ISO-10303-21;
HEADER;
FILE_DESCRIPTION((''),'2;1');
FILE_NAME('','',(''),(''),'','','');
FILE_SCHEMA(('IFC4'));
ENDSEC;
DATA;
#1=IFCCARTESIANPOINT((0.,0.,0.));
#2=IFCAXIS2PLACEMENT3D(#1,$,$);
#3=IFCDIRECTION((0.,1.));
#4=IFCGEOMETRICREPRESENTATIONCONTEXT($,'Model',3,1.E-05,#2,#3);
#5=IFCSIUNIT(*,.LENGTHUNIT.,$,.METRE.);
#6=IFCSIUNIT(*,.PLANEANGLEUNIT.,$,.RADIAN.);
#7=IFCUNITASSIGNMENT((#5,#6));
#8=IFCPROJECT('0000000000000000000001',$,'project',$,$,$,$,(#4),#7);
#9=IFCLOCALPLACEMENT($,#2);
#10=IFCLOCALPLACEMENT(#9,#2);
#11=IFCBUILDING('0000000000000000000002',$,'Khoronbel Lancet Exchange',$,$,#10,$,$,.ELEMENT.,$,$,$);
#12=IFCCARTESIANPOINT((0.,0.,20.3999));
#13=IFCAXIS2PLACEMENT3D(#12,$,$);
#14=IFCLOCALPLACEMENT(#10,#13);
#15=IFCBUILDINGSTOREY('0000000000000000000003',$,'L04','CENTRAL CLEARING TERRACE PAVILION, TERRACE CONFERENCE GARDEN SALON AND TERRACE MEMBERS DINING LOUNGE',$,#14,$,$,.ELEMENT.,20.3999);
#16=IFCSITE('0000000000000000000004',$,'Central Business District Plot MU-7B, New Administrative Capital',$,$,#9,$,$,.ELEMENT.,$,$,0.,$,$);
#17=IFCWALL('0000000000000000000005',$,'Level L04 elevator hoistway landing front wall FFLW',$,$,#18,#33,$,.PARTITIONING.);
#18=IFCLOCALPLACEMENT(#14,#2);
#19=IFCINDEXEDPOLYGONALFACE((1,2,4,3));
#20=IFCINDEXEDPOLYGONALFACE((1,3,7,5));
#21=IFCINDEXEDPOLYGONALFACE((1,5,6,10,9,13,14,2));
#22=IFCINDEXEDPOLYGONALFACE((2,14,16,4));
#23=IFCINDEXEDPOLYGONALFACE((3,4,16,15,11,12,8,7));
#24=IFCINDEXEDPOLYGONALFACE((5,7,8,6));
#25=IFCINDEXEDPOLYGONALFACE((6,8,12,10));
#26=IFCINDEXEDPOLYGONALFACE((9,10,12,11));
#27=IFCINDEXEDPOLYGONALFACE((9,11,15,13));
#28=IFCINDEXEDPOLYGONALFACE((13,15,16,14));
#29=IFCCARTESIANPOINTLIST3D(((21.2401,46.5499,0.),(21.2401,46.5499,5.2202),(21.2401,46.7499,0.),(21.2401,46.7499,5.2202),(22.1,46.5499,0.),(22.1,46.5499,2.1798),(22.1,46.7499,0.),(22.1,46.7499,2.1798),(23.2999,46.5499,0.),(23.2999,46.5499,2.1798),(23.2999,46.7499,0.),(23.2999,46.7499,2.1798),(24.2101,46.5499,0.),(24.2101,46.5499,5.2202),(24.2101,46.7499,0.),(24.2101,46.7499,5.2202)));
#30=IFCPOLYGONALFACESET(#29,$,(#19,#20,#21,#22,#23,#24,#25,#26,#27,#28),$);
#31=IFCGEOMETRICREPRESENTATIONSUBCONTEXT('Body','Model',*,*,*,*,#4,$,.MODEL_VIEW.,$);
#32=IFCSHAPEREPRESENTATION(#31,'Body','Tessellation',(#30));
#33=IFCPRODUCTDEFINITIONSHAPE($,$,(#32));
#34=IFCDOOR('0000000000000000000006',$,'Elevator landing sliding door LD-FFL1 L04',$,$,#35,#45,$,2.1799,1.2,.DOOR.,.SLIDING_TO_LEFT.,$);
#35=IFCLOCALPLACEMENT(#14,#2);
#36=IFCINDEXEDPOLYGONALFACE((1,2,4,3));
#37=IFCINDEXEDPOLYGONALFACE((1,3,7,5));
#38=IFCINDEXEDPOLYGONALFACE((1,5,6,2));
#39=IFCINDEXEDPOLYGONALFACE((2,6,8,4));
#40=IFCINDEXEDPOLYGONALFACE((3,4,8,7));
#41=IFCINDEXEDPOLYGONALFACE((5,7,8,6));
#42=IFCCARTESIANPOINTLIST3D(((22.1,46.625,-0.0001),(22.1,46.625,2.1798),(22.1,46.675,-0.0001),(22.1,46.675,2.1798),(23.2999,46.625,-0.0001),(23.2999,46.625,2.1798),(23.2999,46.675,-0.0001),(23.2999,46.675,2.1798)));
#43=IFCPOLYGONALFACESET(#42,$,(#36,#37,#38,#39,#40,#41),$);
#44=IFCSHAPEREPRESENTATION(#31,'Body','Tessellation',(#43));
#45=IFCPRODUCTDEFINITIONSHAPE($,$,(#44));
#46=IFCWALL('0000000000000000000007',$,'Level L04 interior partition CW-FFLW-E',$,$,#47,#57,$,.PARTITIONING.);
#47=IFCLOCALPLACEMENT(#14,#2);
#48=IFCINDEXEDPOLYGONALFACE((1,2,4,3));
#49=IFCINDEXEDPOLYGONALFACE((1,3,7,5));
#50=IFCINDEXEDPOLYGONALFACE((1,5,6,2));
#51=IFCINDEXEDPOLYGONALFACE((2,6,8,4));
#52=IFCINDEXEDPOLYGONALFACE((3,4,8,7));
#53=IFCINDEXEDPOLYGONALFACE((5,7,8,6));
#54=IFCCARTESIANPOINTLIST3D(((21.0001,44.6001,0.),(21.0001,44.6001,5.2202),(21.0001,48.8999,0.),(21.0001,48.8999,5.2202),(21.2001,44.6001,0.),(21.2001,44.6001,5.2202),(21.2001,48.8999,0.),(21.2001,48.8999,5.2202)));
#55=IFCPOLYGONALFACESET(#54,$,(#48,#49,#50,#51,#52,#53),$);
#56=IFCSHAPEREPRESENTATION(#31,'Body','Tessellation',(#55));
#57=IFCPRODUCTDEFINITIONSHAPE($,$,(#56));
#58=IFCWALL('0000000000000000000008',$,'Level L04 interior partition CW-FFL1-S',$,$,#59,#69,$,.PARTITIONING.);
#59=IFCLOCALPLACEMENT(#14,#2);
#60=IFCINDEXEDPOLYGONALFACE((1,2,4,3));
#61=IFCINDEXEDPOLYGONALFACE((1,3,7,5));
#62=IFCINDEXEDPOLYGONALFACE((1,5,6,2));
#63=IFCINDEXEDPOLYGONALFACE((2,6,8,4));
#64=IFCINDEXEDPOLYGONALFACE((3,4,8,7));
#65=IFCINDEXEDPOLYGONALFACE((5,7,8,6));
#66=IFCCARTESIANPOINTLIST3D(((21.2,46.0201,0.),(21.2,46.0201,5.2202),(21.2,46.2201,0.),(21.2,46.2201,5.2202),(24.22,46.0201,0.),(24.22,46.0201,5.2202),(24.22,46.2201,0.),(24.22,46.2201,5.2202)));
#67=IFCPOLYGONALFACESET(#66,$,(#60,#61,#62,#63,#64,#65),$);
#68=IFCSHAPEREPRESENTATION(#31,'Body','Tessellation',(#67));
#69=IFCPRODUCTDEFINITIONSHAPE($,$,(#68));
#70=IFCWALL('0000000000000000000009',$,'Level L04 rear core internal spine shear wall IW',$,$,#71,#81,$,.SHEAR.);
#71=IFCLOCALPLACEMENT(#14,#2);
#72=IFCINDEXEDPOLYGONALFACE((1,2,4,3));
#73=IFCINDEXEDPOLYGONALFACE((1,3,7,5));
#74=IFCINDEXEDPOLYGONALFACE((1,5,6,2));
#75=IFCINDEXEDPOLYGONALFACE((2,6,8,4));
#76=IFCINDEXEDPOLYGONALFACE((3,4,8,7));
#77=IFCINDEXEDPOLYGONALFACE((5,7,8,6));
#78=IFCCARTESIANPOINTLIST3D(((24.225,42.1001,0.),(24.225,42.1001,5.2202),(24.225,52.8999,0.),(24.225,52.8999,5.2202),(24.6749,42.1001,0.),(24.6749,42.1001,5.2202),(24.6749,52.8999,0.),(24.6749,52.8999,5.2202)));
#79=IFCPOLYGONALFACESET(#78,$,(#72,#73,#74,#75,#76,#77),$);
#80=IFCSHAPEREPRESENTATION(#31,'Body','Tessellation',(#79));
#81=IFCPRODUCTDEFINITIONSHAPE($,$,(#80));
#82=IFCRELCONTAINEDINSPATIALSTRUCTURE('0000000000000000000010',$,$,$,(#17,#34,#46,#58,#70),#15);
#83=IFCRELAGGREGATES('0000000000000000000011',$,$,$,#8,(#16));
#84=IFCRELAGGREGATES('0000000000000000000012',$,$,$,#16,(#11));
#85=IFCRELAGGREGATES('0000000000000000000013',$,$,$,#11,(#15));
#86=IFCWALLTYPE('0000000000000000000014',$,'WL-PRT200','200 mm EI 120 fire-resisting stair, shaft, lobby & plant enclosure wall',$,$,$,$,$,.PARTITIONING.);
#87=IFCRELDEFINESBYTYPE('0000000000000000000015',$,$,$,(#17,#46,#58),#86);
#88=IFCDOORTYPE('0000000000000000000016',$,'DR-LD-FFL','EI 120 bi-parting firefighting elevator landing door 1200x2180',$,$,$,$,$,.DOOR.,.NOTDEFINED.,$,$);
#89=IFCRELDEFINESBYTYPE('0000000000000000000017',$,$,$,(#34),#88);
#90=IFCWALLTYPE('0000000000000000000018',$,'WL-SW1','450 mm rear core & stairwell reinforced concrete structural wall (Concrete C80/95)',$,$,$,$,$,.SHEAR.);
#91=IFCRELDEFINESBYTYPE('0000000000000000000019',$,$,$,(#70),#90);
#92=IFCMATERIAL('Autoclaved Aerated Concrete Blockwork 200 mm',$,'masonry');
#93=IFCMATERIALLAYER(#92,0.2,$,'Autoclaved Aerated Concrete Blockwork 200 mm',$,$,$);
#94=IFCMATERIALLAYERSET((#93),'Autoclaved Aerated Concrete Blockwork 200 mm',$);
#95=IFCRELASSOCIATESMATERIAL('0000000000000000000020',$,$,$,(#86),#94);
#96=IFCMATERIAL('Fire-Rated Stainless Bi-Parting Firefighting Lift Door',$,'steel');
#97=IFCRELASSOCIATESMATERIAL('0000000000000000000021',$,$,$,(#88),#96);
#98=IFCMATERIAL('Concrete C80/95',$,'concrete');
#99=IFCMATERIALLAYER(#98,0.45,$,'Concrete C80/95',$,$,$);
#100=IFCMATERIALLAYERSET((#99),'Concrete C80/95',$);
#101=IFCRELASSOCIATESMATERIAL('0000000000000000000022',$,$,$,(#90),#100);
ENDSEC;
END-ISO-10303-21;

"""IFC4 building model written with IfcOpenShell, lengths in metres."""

from ifc_helpers import new_model, si_unit, direction, frame, frame_2d, origin, place, context, subcontext, project, spatial, rectangle, extrude, material, layer, layer_set, type_object, element, fill, save


model = new_model("IFC4")

# Units and contexts
model_context = context("Model", 3, precision=1e-05, world=origin(), true_north=direction((0.0, 1.0)))
body_context = subcontext(model_context, "Body", "Model", "MODEL_VIEW")
ifc_project = project(units=[si_unit("LENGTHUNIT", "METRE"), si_unit("PLANEANGLEUNIT", "RADIAN")], contexts=[model_context])

# Site, building, storey
site_placement = place(None, origin())
site = spatial("IfcSite", under=ifc_project, at=site_placement, Name="Central Business District Plot MU-7B, New Administrative Capital", CompositionType="ELEMENT", RefElevation=0.0)
building_placement = place(site_placement, origin())
building = spatial("IfcBuilding", under=site, at=building_placement, Name="Khoronbel Lancet Exchange", CompositionType="ELEMENT")
storey_placement = place(building_placement, frame((0.0, 0.0, 20.3999)))
storey = spatial("IfcBuildingStorey", under=building, at=storey_placement, Name="L04", Description="CENTRAL CLEARING TERRACE PAVILION, TERRACE CONFERENCE GARDEN SALON AND TERRACE MEMBERS DINING LOUNGE", CompositionType="ELEMENT", Elevation=20.3999)

# Shared definitions
ifc_material_1 = material(Name="Concrete C80/95", Category="concrete")

# Wall, opening, door
ifc_material_2 = material(Name="Autoclaved Aerated Concrete Blockwork 200 mm", Category="masonry")
ifc_layer_1 = layer(ifc_material_2, 0.2, Name="Autoclaved Aerated Concrete Blockwork 200 mm")
ifc_layer_set_1 = layer_set([ifc_layer_1], Name="Autoclaved Aerated Concrete Blockwork 200 mm")
wall_type_1 = type_object("IfcWallType", Name="WL-PRT200", Description="200 mm EI 120 fire-resisting stair, shaft, lobby & plant enclosure wall", PredefinedType="PARTITIONING", material=ifc_layer_set_1)
wall_1_placement = place(storey_placement, frame((24.21, 46.6499, 0.0), z_axis=(0.0, 0.0, 1.0), x_axis=(-1.0, 0.0, 0.0)))
wall_1 = element("IfcWall", 1, at=wall_1_placement, inside=storey, type_object=wall_type_1, Name="Level L04 elevator hoistway landing front wall FFLW", PredefinedType="PARTITIONING", context=body_context, shape_type="SweptSolid", body=[
    extrude(rectangle(XDim=2.97, YDim=0.2, at=frame_2d((1.4849, 0.0))), origin(), (0.0, 0.0, 1.0), 5.2202),
])
opening_1_placement = place(wall_1_placement, frame((0.9099, 0.0, 0.0)))
opening_1 = element("IfcOpeningElement", 2, at=opening_1_placement, cuts=wall_1, PredefinedType="OPENING", context=body_context, shape_type="SweptSolid", body=[
    extrude(rectangle(XDim=1.2, YDim=2.1799, at=frame_2d((0.6001, 1.0898))), frame((0.0, 0.1099, 0.0), z_axis=(0.0, -1.0, 0.0), x_axis=(1.0, 0.0, 0.0)), (0.0, 0.0, 1.0), 0.22),
])
ifc_material_3 = material(Name="Fire-Rated Stainless Bi-Parting Firefighting Lift Door", Category="steel")
door_type_1 = type_object("IfcDoorType", Name="DR-LD-FFL", Description="EI 120 bi-parting firefighting elevator landing door 1200x2180", OperationType="NOTDEFINED", PredefinedType="DOOR", material=ifc_material_3)
door_1_placement = place(opening_1_placement, origin())
door_1 = element("IfcDoor", 3, at=door_1_placement, inside=storey, type_object=door_type_1, Name="Elevator landing sliding door LD-FFL1 L04", OperationType="SLIDING_TO_LEFT", OverallHeight=2.1799, OverallWidth=1.2, PredefinedType="DOOR", context=body_context, shape_type="SweptSolid", body=[
    extrude(rectangle(XDim=1.2, YDim=2.1799, at=frame_2d((0.6001, 1.0898))), frame((0.0, 0.0249, 0.0), z_axis=(0.0, -1.0, 0.0), x_axis=(1.0, 0.0, 0.0)), (0.0, 0.0, 1.0), 0.05),
])
fill(opening_1, door_1)

# Wall
wall_2_placement = place(storey_placement, frame((21.1001, 44.6001, 0.0), z_axis=(0.0, 0.0, 1.0), x_axis=(0.0, 1.0, 0.0)))
element("IfcWall", 4, at=wall_2_placement, inside=storey, type_object=wall_type_1, Name="Level L04 interior partition CW-FFLW-E", PredefinedType="PARTITIONING", context=body_context, shape_type="SweptSolid", body=[
    extrude(rectangle(XDim=4.2998, YDim=0.2, at=frame_2d((2.1499, 0.0))), origin(), (0.0, 0.0, 1.0), 5.2202),
])

# Wall
wall_3_placement = place(storey_placement, frame((21.2, 46.1201, 0.0), z_axis=(0.0, 0.0, 1.0), x_axis=(1.0, 0.0, 0.0)))
element("IfcWall", 5, at=wall_3_placement, inside=storey, type_object=wall_type_1, Name="Level L04 interior partition CW-FFL1-S", PredefinedType="PARTITIONING", context=body_context, shape_type="SweptSolid", body=[
    extrude(rectangle(XDim=3.02, YDim=0.2, at=frame_2d((1.51, 0.0))), origin(), (0.0, 0.0, 1.0), 5.2202),
])

# Wall
ifc_layer_2 = layer(ifc_material_1, 0.45, Name="Concrete C80/95")
ifc_layer_set_2 = layer_set([ifc_layer_2], Name="Concrete C80/95")
wall_type_2 = type_object("IfcWallType", Name="WL-SW1", Description="450 mm rear core & stairwell reinforced concrete structural wall (Concrete C80/95)", PredefinedType="SHEAR", material=ifc_layer_set_2)
wall_4_placement = place(storey_placement, frame((24.45, 42.1001, 0.0), z_axis=(0.0, 0.0, 1.0), x_axis=(0.0, 1.0, 0.0)))
element("IfcWall", 6, at=wall_4_placement, inside=storey, type_object=wall_type_2, Name="Level L04 rear core internal spine shear wall IW", PredefinedType="SHEAR", context=body_context, shape_type="SweptSolid", body=[
    extrude(rectangle(XDim=10.7998, YDim=0.45, at=frame_2d((5.3999, 0.0))), origin(), (0.0, 0.0, 1.0), 5.2202),
])

save(model, "model.ifc")
